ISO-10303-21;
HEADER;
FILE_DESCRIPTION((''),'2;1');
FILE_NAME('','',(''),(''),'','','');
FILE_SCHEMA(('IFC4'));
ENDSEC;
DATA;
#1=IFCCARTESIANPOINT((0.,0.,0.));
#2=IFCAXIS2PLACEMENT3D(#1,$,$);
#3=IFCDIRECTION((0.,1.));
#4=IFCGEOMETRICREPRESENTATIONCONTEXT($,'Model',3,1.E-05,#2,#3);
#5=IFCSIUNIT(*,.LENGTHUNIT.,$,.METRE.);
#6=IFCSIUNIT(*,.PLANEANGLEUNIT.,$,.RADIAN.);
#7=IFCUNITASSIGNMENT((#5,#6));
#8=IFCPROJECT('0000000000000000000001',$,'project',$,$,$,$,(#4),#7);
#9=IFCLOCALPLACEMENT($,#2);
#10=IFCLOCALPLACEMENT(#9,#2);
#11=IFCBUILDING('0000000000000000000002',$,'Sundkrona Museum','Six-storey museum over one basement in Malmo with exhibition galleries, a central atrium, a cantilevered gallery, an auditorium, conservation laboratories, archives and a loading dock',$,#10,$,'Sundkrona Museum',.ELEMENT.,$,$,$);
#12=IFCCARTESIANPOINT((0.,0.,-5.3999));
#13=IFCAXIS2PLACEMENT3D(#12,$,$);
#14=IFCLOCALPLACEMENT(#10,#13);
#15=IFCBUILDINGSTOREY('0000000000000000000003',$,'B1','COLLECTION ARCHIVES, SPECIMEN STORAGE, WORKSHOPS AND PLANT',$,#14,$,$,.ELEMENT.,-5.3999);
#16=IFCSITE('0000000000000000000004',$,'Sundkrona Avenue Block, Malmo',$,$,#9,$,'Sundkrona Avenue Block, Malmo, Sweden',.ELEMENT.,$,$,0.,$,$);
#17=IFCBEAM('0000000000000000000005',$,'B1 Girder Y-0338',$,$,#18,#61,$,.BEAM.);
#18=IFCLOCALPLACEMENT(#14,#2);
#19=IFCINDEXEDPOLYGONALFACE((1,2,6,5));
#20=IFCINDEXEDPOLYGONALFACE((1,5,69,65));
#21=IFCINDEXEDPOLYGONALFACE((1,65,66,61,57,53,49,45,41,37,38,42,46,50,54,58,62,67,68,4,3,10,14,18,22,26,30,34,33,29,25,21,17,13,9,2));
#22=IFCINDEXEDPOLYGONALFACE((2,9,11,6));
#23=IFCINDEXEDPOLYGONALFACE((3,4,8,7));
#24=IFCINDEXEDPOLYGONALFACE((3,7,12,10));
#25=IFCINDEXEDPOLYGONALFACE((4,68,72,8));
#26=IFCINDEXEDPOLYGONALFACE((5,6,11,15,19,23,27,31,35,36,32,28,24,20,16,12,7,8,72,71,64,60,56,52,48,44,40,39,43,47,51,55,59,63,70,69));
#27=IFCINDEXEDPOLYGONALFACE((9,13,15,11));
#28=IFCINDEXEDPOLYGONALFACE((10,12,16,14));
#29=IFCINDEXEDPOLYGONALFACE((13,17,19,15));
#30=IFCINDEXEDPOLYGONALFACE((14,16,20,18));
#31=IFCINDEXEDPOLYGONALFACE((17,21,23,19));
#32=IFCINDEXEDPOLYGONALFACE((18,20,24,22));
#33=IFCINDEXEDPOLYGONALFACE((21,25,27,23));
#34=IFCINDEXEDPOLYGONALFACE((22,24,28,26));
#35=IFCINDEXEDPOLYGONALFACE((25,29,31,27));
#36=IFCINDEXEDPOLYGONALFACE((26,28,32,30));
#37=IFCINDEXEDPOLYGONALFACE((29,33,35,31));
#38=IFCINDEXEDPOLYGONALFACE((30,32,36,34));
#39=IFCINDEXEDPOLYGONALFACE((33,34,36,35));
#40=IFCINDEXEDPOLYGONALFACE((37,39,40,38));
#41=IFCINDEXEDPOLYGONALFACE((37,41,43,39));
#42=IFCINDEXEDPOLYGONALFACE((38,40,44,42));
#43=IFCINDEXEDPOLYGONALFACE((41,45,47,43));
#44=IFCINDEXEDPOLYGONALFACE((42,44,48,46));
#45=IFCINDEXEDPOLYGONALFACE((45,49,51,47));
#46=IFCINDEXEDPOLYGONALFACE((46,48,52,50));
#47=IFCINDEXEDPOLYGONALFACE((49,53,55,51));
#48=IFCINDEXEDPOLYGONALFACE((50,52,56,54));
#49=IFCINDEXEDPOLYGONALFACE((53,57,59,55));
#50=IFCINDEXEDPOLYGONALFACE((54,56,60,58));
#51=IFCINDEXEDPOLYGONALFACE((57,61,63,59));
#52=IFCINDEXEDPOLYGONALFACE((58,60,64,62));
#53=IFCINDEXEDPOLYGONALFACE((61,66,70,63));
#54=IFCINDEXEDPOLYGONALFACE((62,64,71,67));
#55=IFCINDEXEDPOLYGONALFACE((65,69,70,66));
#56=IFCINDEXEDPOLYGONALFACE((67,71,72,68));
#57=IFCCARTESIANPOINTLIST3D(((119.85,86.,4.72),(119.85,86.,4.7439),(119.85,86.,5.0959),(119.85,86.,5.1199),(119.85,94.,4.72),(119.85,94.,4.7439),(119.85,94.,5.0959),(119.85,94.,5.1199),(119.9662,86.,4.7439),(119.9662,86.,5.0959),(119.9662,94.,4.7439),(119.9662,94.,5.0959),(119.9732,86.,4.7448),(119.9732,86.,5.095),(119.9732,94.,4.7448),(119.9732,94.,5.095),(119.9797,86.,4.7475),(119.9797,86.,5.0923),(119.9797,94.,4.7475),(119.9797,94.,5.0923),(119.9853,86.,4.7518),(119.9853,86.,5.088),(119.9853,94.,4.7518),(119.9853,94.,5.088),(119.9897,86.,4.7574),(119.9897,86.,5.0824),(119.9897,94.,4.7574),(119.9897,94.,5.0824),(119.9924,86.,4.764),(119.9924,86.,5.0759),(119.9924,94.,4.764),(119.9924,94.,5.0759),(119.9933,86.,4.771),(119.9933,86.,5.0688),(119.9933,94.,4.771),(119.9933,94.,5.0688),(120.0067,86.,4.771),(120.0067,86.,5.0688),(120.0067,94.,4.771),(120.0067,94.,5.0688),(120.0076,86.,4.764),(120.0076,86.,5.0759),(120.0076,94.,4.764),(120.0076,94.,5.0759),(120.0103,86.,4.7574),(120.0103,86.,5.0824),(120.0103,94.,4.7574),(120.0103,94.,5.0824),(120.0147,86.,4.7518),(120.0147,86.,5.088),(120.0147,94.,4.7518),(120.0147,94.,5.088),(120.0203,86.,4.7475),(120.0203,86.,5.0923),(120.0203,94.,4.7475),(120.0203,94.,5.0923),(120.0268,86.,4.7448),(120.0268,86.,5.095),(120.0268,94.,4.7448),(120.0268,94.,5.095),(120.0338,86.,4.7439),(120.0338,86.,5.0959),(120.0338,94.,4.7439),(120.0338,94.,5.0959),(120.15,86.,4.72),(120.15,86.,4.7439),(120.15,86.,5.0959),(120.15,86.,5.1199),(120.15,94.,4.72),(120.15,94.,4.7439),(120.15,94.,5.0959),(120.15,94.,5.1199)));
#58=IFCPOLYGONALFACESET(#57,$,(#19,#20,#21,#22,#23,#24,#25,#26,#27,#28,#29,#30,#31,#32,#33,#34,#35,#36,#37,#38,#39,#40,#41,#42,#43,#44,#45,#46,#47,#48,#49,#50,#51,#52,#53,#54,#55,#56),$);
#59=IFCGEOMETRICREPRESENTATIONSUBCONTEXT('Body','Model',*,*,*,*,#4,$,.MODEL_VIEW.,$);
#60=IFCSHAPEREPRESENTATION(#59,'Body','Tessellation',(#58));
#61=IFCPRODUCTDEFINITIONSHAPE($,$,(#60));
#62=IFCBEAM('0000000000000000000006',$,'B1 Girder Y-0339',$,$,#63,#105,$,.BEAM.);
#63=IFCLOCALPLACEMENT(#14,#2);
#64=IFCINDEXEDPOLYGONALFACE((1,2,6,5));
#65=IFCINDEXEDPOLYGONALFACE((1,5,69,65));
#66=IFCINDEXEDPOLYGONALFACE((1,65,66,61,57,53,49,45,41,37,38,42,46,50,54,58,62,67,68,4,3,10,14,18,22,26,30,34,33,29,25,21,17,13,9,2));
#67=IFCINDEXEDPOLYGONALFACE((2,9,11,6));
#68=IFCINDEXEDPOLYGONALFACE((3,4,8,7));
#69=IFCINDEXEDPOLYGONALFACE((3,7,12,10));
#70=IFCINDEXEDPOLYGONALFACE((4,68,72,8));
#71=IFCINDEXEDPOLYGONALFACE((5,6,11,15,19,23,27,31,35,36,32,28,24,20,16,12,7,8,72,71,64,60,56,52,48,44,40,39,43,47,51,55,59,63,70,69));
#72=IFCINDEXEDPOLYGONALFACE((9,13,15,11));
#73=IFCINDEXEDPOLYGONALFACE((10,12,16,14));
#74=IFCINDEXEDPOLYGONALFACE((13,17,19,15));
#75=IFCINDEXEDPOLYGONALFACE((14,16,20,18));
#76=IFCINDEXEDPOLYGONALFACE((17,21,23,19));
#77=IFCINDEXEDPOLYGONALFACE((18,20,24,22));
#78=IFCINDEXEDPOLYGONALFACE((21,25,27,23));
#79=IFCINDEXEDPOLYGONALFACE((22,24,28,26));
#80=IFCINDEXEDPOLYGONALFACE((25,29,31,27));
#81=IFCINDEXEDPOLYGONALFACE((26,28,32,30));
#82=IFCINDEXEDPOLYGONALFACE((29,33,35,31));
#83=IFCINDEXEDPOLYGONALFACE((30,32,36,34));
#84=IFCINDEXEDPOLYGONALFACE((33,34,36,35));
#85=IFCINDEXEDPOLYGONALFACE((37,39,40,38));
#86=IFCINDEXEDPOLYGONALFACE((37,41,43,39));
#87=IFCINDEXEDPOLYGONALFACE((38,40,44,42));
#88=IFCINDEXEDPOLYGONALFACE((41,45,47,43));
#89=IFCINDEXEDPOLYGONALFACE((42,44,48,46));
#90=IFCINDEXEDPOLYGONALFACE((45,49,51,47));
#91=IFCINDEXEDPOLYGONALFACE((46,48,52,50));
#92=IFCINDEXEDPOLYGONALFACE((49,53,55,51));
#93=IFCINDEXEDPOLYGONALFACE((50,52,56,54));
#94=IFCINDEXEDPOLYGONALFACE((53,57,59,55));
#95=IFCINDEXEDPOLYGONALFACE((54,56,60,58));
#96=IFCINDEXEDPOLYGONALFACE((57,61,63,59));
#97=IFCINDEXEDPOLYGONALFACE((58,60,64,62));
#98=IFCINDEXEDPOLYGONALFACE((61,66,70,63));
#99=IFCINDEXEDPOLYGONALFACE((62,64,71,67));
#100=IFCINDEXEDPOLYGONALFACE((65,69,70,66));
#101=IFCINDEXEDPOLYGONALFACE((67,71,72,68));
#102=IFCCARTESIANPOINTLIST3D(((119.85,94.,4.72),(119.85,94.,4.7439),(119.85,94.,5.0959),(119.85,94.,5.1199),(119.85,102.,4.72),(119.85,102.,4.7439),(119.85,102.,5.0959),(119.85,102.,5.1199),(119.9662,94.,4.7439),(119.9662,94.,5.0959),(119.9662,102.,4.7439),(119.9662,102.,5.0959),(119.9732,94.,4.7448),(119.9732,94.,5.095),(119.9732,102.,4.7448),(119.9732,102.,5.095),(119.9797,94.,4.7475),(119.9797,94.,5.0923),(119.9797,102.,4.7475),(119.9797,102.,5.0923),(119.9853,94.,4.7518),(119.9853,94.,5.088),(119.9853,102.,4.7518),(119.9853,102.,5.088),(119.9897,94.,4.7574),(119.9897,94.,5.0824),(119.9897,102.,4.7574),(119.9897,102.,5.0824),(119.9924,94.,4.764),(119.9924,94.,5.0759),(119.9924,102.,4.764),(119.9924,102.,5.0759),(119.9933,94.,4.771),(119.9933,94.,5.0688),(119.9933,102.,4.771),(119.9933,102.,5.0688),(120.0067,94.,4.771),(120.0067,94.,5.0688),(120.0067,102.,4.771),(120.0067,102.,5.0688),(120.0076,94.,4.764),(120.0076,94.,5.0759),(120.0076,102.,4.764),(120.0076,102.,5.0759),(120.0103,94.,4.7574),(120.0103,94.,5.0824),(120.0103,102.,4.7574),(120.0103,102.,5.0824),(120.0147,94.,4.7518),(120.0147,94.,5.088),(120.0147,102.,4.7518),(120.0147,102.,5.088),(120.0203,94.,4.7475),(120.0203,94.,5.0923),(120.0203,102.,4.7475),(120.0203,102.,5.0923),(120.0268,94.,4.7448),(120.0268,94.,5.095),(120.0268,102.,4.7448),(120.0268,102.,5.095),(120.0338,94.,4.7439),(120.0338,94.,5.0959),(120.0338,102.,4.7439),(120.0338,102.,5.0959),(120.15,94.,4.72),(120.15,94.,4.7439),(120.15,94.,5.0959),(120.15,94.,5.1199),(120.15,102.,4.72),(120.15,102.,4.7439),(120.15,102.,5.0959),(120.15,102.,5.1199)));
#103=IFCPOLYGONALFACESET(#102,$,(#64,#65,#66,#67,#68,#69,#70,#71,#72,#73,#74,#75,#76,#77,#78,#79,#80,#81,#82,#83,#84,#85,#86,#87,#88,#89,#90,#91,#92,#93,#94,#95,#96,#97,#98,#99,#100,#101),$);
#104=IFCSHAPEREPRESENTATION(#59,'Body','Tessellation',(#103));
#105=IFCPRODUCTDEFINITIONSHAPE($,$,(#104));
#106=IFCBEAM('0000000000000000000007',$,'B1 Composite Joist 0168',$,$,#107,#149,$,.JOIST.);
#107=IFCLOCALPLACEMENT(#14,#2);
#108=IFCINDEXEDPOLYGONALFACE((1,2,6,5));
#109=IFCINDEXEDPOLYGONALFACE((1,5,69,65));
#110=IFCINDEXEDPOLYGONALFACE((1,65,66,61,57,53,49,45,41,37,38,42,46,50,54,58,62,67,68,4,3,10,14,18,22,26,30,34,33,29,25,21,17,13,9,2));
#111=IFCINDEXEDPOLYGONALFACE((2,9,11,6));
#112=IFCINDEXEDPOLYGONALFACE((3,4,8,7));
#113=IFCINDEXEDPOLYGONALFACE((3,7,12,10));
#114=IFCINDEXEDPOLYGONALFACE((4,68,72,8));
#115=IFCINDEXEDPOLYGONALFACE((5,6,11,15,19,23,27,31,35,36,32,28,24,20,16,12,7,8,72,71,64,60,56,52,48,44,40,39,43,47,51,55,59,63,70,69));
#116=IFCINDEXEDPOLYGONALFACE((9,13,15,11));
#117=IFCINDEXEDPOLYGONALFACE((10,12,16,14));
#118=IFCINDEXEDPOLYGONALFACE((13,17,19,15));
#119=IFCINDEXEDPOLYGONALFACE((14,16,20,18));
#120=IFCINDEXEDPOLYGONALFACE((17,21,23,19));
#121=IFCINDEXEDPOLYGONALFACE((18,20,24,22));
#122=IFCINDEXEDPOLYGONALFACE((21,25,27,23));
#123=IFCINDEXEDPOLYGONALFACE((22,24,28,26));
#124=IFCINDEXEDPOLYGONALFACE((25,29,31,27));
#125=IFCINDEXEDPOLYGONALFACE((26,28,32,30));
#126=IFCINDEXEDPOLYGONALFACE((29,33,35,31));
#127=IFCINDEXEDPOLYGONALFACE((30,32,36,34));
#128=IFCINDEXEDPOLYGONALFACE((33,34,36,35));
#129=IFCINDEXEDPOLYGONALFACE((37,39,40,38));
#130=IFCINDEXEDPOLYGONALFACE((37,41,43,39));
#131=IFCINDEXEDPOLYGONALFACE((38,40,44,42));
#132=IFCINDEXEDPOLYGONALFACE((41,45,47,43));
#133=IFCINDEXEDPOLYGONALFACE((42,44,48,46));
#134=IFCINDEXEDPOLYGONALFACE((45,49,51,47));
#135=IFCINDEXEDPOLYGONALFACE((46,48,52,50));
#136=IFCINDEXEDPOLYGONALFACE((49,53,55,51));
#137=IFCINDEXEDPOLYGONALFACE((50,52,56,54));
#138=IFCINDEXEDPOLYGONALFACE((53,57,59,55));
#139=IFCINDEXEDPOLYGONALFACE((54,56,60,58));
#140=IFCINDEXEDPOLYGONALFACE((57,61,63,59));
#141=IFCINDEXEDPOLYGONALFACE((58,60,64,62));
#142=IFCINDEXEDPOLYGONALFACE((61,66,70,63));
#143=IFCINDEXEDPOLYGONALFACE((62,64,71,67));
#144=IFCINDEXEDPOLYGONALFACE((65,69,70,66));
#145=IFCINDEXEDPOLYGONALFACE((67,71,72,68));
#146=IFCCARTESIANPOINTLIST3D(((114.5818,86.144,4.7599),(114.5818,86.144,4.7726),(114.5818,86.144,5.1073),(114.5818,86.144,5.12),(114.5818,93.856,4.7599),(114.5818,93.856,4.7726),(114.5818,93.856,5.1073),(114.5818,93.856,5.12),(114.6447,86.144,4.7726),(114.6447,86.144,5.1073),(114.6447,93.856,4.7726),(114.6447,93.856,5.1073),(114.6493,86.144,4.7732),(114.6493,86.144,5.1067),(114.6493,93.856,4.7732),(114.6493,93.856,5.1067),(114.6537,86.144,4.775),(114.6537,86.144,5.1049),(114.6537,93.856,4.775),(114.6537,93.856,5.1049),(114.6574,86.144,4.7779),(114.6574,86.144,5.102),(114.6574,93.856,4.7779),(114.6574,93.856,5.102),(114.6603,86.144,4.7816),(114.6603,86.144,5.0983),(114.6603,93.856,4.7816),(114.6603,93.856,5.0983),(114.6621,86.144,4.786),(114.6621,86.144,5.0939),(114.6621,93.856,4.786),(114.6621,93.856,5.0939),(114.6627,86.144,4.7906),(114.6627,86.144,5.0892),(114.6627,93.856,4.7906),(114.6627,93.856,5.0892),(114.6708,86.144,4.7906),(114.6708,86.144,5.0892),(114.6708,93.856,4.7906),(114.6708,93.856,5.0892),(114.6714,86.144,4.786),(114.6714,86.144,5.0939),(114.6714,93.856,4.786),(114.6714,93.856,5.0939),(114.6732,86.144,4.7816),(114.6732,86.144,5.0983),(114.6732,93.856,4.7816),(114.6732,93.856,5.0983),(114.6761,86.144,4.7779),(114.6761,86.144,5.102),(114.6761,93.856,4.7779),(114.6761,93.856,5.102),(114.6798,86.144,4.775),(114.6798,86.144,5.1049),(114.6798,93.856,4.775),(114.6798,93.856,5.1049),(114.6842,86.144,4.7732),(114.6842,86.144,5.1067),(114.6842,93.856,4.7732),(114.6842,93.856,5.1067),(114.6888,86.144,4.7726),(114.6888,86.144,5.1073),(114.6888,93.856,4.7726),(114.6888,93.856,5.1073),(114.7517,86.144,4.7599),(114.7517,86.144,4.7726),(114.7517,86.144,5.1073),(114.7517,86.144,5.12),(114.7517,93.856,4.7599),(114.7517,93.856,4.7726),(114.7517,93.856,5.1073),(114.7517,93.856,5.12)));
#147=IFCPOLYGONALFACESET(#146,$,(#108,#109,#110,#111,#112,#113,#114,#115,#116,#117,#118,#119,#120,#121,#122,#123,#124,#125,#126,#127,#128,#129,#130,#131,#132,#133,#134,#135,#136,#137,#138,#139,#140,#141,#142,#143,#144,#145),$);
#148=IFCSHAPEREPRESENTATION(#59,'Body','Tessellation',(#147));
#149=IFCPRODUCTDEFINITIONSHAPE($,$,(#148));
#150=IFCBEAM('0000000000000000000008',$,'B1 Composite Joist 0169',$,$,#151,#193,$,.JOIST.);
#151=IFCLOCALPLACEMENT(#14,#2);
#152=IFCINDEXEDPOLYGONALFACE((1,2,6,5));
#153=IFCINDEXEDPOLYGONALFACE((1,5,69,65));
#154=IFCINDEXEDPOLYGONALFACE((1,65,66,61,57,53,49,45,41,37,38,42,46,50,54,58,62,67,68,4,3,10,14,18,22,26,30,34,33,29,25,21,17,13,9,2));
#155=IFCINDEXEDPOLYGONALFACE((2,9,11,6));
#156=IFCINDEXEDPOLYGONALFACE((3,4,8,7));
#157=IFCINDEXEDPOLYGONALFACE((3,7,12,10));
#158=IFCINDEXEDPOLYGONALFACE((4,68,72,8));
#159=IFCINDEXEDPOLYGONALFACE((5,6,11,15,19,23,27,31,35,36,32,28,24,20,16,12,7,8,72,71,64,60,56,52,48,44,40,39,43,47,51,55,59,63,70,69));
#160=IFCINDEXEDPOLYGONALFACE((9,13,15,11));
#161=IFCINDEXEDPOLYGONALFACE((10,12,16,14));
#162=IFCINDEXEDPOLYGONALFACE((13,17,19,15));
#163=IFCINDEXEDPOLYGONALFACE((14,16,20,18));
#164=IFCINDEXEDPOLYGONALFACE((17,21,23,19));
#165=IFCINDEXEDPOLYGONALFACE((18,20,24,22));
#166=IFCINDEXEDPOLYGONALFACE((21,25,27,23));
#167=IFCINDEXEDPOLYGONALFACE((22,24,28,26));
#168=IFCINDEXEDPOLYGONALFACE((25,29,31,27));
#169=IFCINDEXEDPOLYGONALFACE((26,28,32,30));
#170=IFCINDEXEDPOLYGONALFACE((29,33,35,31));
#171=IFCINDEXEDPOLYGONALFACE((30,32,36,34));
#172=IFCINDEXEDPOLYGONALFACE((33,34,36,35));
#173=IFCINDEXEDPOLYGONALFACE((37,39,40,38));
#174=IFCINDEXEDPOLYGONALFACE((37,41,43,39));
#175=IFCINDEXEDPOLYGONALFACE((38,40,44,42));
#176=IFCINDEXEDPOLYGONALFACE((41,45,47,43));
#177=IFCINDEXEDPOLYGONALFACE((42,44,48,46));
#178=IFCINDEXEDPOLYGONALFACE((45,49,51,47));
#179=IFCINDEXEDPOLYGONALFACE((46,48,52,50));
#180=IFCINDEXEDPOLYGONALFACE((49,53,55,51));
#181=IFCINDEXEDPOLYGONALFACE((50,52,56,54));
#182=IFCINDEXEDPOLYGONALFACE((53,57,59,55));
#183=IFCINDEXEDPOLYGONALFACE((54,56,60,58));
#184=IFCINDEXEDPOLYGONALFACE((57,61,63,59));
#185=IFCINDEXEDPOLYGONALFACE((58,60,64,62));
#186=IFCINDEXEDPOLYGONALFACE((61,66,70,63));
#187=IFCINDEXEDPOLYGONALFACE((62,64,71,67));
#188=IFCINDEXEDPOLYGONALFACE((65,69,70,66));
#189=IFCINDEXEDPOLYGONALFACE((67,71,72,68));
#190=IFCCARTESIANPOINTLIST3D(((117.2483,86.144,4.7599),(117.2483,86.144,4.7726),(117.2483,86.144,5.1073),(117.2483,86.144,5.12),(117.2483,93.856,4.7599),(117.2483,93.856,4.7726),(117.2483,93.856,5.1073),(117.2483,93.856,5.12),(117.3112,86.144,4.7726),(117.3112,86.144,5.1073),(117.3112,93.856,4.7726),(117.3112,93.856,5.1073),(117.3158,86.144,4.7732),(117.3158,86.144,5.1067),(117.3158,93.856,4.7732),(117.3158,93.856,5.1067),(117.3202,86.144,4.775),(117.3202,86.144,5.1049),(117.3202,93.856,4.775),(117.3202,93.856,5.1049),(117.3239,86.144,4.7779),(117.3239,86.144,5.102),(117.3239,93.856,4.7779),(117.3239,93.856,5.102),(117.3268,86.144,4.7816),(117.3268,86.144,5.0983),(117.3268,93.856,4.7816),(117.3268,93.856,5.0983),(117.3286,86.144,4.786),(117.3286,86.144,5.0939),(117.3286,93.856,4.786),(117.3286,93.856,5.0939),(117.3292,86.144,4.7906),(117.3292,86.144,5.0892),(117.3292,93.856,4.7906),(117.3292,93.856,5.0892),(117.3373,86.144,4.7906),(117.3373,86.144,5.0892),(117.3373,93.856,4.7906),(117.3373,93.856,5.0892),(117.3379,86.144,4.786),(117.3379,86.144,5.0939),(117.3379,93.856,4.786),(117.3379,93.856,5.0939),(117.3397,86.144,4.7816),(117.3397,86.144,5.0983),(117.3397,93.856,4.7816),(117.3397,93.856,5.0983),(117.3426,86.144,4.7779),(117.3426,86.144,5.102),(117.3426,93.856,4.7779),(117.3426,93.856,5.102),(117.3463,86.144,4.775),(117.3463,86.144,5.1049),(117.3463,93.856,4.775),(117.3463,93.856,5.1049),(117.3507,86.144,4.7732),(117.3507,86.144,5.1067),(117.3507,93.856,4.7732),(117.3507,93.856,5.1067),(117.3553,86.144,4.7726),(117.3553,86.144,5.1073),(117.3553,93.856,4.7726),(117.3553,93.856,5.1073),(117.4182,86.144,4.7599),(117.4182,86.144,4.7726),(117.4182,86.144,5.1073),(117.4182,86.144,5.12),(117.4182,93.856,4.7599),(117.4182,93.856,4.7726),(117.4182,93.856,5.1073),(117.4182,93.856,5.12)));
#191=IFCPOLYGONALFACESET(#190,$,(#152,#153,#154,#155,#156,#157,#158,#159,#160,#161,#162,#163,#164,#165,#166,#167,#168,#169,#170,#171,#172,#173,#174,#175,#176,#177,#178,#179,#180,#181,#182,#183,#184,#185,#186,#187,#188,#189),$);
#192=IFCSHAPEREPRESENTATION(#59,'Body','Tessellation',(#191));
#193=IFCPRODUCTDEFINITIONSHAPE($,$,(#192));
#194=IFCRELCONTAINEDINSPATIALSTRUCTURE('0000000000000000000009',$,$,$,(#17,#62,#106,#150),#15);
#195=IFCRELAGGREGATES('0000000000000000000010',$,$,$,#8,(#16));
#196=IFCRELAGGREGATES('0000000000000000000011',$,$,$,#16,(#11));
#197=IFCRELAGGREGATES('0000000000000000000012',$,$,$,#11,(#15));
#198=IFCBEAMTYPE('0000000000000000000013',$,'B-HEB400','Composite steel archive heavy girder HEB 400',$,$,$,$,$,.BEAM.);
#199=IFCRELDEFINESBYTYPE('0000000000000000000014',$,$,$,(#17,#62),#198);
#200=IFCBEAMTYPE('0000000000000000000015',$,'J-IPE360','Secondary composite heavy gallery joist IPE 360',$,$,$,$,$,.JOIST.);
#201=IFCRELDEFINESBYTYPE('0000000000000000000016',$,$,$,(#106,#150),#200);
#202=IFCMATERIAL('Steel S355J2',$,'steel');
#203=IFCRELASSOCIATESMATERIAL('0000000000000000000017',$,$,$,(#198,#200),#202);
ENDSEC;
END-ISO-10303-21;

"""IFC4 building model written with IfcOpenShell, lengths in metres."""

from ifc_helpers import new_model, si_unit, direction, frame, origin, origin_2d, place, context, subcontext, project, spatial, i_section, extrude, material, material_profile, profile_set, type_object, element, save


model = new_model("IFC4")

# Units and contexts
model_context = context("Model", 3, precision=1e-05, world=origin(), true_north=direction((0.0, 1.0)))
body_context = subcontext(model_context, "Body", "Model", "MODEL_VIEW")
ifc_project = project(units=[si_unit("LENGTHUNIT", "METRE"), si_unit("PLANEANGLEUNIT", "RADIAN")], contexts=[model_context])

# Site, building, storey
site_placement = place(None, origin())
site = spatial("IfcSite", under=ifc_project, at=site_placement, Name="Sundkrona Avenue Block, Malmo", LongName="Sundkrona Avenue Block, Malmo, Sweden", CompositionType="ELEMENT", RefElevation=0.0)
building_placement = place(site_placement, origin())
building = spatial("IfcBuilding", under=site, at=building_placement, Name="Sundkrona Museum", Description="Six-storey museum over one basement in Malmo with exhibition galleries, a central atrium, a cantilevered gallery, an auditorium, conservation laboratories, archives and a loading dock", LongName="Sundkrona Museum", CompositionType="ELEMENT")
storey_placement = place(building_placement, frame((0.0, 0.0, -5.3999)))
storey = spatial("IfcBuildingStorey", under=building, at=storey_placement, Name="B1", Description="COLLECTION ARCHIVES, SPECIMEN STORAGE, WORKSHOPS AND PLANT", CompositionType="ELEMENT", Elevation=-5.3999)

# Beams
ifc_material_1 = material(Name="Steel S355J2", Category="steel")
ifc_material_profile_1 = material_profile(ifc_material_1, i_section(OverallWidth=0.3, OverallDepth=0.3999, WebThickness=0.0134, FlangeThickness=0.0239, FilletRadius=0.0271, at=origin_2d()), Name="HEB 400")
ifc_profile_set_1 = profile_set([ifc_material_profile_1], Name="Steel S355J2")
beam_type_1 = type_object("IfcBeamType", Name="B-HEB400", Description="Composite steel archive heavy girder HEB 400", PredefinedType="BEAM", material=ifc_profile_set_1)
for number, where, z_axis, x_axis, name in (
    (1, (120.0, 86.0, 4.9199), (0.0, 1.0, 0.0), (-1.0, 0.0, 0.0), "B1 Girder Y-0338"),
    (2, (120.0, 94.0, 4.9199), (0.0, 1.0, 0.0), (-1.0, 0.0, 0.0), "B1 Girder Y-0339"),
):
    element("IfcBeam", number, at=place(storey_placement, frame(where, z_axis=z_axis, x_axis=x_axis)), inside=storey, type_object=beam_type_1, Name=name, PredefinedType="BEAM", context=body_context, shape_type="SweptSolid", body=[
        extrude(i_section(OverallWidth=0.3, OverallDepth=0.3999, WebThickness=0.0134, FlangeThickness=0.0239, FilletRadius=0.0271, at=origin_2d()), origin(), (0.0, 0.0, 1.0), 8.0),
    ])
ifc_material_profile_2 = material_profile(ifc_material_1, i_section(OverallWidth=0.1699, OverallDepth=0.3601, WebThickness=0.0081, FlangeThickness=0.0127, FilletRadius=0.0181, at=origin_2d()), Name="IPE 360")
ifc_profile_set_2 = profile_set([ifc_material_profile_2], Name="Steel S355J2")
beam_type_2 = type_object("IfcBeamType", Name="J-IPE360", Description="Secondary composite heavy gallery joist IPE 360", PredefinedType="JOIST", material=ifc_profile_set_2)
for number, where, z_axis, x_axis, name in (
    (3, (114.6667, 86.144, 4.9399), (0.0, 1.0, 0.0), (-1.0, 0.0, 0.0), "B1 Composite Joist 0168"),
    (4, (117.3333, 86.144, 4.9399), (0.0, 1.0, 0.0), (-1.0, 0.0, 0.0), "B1 Composite Joist 0169"),
):
    element("IfcBeam", number, at=place(storey_placement, frame(where, z_axis=z_axis, x_axis=x_axis)), inside=storey, type_object=beam_type_2, Name=name, PredefinedType="JOIST", context=body_context, shape_type="SweptSolid", body=[
        extrude(i_section(OverallWidth=0.1699, OverallDepth=0.3601, WebThickness=0.0081, FlangeThickness=0.0127, FilletRadius=0.0181, at=origin_2d()), origin(), (0.0, 0.0, 1.0), 7.7119),
    ])

save(model, "model.ifc")
